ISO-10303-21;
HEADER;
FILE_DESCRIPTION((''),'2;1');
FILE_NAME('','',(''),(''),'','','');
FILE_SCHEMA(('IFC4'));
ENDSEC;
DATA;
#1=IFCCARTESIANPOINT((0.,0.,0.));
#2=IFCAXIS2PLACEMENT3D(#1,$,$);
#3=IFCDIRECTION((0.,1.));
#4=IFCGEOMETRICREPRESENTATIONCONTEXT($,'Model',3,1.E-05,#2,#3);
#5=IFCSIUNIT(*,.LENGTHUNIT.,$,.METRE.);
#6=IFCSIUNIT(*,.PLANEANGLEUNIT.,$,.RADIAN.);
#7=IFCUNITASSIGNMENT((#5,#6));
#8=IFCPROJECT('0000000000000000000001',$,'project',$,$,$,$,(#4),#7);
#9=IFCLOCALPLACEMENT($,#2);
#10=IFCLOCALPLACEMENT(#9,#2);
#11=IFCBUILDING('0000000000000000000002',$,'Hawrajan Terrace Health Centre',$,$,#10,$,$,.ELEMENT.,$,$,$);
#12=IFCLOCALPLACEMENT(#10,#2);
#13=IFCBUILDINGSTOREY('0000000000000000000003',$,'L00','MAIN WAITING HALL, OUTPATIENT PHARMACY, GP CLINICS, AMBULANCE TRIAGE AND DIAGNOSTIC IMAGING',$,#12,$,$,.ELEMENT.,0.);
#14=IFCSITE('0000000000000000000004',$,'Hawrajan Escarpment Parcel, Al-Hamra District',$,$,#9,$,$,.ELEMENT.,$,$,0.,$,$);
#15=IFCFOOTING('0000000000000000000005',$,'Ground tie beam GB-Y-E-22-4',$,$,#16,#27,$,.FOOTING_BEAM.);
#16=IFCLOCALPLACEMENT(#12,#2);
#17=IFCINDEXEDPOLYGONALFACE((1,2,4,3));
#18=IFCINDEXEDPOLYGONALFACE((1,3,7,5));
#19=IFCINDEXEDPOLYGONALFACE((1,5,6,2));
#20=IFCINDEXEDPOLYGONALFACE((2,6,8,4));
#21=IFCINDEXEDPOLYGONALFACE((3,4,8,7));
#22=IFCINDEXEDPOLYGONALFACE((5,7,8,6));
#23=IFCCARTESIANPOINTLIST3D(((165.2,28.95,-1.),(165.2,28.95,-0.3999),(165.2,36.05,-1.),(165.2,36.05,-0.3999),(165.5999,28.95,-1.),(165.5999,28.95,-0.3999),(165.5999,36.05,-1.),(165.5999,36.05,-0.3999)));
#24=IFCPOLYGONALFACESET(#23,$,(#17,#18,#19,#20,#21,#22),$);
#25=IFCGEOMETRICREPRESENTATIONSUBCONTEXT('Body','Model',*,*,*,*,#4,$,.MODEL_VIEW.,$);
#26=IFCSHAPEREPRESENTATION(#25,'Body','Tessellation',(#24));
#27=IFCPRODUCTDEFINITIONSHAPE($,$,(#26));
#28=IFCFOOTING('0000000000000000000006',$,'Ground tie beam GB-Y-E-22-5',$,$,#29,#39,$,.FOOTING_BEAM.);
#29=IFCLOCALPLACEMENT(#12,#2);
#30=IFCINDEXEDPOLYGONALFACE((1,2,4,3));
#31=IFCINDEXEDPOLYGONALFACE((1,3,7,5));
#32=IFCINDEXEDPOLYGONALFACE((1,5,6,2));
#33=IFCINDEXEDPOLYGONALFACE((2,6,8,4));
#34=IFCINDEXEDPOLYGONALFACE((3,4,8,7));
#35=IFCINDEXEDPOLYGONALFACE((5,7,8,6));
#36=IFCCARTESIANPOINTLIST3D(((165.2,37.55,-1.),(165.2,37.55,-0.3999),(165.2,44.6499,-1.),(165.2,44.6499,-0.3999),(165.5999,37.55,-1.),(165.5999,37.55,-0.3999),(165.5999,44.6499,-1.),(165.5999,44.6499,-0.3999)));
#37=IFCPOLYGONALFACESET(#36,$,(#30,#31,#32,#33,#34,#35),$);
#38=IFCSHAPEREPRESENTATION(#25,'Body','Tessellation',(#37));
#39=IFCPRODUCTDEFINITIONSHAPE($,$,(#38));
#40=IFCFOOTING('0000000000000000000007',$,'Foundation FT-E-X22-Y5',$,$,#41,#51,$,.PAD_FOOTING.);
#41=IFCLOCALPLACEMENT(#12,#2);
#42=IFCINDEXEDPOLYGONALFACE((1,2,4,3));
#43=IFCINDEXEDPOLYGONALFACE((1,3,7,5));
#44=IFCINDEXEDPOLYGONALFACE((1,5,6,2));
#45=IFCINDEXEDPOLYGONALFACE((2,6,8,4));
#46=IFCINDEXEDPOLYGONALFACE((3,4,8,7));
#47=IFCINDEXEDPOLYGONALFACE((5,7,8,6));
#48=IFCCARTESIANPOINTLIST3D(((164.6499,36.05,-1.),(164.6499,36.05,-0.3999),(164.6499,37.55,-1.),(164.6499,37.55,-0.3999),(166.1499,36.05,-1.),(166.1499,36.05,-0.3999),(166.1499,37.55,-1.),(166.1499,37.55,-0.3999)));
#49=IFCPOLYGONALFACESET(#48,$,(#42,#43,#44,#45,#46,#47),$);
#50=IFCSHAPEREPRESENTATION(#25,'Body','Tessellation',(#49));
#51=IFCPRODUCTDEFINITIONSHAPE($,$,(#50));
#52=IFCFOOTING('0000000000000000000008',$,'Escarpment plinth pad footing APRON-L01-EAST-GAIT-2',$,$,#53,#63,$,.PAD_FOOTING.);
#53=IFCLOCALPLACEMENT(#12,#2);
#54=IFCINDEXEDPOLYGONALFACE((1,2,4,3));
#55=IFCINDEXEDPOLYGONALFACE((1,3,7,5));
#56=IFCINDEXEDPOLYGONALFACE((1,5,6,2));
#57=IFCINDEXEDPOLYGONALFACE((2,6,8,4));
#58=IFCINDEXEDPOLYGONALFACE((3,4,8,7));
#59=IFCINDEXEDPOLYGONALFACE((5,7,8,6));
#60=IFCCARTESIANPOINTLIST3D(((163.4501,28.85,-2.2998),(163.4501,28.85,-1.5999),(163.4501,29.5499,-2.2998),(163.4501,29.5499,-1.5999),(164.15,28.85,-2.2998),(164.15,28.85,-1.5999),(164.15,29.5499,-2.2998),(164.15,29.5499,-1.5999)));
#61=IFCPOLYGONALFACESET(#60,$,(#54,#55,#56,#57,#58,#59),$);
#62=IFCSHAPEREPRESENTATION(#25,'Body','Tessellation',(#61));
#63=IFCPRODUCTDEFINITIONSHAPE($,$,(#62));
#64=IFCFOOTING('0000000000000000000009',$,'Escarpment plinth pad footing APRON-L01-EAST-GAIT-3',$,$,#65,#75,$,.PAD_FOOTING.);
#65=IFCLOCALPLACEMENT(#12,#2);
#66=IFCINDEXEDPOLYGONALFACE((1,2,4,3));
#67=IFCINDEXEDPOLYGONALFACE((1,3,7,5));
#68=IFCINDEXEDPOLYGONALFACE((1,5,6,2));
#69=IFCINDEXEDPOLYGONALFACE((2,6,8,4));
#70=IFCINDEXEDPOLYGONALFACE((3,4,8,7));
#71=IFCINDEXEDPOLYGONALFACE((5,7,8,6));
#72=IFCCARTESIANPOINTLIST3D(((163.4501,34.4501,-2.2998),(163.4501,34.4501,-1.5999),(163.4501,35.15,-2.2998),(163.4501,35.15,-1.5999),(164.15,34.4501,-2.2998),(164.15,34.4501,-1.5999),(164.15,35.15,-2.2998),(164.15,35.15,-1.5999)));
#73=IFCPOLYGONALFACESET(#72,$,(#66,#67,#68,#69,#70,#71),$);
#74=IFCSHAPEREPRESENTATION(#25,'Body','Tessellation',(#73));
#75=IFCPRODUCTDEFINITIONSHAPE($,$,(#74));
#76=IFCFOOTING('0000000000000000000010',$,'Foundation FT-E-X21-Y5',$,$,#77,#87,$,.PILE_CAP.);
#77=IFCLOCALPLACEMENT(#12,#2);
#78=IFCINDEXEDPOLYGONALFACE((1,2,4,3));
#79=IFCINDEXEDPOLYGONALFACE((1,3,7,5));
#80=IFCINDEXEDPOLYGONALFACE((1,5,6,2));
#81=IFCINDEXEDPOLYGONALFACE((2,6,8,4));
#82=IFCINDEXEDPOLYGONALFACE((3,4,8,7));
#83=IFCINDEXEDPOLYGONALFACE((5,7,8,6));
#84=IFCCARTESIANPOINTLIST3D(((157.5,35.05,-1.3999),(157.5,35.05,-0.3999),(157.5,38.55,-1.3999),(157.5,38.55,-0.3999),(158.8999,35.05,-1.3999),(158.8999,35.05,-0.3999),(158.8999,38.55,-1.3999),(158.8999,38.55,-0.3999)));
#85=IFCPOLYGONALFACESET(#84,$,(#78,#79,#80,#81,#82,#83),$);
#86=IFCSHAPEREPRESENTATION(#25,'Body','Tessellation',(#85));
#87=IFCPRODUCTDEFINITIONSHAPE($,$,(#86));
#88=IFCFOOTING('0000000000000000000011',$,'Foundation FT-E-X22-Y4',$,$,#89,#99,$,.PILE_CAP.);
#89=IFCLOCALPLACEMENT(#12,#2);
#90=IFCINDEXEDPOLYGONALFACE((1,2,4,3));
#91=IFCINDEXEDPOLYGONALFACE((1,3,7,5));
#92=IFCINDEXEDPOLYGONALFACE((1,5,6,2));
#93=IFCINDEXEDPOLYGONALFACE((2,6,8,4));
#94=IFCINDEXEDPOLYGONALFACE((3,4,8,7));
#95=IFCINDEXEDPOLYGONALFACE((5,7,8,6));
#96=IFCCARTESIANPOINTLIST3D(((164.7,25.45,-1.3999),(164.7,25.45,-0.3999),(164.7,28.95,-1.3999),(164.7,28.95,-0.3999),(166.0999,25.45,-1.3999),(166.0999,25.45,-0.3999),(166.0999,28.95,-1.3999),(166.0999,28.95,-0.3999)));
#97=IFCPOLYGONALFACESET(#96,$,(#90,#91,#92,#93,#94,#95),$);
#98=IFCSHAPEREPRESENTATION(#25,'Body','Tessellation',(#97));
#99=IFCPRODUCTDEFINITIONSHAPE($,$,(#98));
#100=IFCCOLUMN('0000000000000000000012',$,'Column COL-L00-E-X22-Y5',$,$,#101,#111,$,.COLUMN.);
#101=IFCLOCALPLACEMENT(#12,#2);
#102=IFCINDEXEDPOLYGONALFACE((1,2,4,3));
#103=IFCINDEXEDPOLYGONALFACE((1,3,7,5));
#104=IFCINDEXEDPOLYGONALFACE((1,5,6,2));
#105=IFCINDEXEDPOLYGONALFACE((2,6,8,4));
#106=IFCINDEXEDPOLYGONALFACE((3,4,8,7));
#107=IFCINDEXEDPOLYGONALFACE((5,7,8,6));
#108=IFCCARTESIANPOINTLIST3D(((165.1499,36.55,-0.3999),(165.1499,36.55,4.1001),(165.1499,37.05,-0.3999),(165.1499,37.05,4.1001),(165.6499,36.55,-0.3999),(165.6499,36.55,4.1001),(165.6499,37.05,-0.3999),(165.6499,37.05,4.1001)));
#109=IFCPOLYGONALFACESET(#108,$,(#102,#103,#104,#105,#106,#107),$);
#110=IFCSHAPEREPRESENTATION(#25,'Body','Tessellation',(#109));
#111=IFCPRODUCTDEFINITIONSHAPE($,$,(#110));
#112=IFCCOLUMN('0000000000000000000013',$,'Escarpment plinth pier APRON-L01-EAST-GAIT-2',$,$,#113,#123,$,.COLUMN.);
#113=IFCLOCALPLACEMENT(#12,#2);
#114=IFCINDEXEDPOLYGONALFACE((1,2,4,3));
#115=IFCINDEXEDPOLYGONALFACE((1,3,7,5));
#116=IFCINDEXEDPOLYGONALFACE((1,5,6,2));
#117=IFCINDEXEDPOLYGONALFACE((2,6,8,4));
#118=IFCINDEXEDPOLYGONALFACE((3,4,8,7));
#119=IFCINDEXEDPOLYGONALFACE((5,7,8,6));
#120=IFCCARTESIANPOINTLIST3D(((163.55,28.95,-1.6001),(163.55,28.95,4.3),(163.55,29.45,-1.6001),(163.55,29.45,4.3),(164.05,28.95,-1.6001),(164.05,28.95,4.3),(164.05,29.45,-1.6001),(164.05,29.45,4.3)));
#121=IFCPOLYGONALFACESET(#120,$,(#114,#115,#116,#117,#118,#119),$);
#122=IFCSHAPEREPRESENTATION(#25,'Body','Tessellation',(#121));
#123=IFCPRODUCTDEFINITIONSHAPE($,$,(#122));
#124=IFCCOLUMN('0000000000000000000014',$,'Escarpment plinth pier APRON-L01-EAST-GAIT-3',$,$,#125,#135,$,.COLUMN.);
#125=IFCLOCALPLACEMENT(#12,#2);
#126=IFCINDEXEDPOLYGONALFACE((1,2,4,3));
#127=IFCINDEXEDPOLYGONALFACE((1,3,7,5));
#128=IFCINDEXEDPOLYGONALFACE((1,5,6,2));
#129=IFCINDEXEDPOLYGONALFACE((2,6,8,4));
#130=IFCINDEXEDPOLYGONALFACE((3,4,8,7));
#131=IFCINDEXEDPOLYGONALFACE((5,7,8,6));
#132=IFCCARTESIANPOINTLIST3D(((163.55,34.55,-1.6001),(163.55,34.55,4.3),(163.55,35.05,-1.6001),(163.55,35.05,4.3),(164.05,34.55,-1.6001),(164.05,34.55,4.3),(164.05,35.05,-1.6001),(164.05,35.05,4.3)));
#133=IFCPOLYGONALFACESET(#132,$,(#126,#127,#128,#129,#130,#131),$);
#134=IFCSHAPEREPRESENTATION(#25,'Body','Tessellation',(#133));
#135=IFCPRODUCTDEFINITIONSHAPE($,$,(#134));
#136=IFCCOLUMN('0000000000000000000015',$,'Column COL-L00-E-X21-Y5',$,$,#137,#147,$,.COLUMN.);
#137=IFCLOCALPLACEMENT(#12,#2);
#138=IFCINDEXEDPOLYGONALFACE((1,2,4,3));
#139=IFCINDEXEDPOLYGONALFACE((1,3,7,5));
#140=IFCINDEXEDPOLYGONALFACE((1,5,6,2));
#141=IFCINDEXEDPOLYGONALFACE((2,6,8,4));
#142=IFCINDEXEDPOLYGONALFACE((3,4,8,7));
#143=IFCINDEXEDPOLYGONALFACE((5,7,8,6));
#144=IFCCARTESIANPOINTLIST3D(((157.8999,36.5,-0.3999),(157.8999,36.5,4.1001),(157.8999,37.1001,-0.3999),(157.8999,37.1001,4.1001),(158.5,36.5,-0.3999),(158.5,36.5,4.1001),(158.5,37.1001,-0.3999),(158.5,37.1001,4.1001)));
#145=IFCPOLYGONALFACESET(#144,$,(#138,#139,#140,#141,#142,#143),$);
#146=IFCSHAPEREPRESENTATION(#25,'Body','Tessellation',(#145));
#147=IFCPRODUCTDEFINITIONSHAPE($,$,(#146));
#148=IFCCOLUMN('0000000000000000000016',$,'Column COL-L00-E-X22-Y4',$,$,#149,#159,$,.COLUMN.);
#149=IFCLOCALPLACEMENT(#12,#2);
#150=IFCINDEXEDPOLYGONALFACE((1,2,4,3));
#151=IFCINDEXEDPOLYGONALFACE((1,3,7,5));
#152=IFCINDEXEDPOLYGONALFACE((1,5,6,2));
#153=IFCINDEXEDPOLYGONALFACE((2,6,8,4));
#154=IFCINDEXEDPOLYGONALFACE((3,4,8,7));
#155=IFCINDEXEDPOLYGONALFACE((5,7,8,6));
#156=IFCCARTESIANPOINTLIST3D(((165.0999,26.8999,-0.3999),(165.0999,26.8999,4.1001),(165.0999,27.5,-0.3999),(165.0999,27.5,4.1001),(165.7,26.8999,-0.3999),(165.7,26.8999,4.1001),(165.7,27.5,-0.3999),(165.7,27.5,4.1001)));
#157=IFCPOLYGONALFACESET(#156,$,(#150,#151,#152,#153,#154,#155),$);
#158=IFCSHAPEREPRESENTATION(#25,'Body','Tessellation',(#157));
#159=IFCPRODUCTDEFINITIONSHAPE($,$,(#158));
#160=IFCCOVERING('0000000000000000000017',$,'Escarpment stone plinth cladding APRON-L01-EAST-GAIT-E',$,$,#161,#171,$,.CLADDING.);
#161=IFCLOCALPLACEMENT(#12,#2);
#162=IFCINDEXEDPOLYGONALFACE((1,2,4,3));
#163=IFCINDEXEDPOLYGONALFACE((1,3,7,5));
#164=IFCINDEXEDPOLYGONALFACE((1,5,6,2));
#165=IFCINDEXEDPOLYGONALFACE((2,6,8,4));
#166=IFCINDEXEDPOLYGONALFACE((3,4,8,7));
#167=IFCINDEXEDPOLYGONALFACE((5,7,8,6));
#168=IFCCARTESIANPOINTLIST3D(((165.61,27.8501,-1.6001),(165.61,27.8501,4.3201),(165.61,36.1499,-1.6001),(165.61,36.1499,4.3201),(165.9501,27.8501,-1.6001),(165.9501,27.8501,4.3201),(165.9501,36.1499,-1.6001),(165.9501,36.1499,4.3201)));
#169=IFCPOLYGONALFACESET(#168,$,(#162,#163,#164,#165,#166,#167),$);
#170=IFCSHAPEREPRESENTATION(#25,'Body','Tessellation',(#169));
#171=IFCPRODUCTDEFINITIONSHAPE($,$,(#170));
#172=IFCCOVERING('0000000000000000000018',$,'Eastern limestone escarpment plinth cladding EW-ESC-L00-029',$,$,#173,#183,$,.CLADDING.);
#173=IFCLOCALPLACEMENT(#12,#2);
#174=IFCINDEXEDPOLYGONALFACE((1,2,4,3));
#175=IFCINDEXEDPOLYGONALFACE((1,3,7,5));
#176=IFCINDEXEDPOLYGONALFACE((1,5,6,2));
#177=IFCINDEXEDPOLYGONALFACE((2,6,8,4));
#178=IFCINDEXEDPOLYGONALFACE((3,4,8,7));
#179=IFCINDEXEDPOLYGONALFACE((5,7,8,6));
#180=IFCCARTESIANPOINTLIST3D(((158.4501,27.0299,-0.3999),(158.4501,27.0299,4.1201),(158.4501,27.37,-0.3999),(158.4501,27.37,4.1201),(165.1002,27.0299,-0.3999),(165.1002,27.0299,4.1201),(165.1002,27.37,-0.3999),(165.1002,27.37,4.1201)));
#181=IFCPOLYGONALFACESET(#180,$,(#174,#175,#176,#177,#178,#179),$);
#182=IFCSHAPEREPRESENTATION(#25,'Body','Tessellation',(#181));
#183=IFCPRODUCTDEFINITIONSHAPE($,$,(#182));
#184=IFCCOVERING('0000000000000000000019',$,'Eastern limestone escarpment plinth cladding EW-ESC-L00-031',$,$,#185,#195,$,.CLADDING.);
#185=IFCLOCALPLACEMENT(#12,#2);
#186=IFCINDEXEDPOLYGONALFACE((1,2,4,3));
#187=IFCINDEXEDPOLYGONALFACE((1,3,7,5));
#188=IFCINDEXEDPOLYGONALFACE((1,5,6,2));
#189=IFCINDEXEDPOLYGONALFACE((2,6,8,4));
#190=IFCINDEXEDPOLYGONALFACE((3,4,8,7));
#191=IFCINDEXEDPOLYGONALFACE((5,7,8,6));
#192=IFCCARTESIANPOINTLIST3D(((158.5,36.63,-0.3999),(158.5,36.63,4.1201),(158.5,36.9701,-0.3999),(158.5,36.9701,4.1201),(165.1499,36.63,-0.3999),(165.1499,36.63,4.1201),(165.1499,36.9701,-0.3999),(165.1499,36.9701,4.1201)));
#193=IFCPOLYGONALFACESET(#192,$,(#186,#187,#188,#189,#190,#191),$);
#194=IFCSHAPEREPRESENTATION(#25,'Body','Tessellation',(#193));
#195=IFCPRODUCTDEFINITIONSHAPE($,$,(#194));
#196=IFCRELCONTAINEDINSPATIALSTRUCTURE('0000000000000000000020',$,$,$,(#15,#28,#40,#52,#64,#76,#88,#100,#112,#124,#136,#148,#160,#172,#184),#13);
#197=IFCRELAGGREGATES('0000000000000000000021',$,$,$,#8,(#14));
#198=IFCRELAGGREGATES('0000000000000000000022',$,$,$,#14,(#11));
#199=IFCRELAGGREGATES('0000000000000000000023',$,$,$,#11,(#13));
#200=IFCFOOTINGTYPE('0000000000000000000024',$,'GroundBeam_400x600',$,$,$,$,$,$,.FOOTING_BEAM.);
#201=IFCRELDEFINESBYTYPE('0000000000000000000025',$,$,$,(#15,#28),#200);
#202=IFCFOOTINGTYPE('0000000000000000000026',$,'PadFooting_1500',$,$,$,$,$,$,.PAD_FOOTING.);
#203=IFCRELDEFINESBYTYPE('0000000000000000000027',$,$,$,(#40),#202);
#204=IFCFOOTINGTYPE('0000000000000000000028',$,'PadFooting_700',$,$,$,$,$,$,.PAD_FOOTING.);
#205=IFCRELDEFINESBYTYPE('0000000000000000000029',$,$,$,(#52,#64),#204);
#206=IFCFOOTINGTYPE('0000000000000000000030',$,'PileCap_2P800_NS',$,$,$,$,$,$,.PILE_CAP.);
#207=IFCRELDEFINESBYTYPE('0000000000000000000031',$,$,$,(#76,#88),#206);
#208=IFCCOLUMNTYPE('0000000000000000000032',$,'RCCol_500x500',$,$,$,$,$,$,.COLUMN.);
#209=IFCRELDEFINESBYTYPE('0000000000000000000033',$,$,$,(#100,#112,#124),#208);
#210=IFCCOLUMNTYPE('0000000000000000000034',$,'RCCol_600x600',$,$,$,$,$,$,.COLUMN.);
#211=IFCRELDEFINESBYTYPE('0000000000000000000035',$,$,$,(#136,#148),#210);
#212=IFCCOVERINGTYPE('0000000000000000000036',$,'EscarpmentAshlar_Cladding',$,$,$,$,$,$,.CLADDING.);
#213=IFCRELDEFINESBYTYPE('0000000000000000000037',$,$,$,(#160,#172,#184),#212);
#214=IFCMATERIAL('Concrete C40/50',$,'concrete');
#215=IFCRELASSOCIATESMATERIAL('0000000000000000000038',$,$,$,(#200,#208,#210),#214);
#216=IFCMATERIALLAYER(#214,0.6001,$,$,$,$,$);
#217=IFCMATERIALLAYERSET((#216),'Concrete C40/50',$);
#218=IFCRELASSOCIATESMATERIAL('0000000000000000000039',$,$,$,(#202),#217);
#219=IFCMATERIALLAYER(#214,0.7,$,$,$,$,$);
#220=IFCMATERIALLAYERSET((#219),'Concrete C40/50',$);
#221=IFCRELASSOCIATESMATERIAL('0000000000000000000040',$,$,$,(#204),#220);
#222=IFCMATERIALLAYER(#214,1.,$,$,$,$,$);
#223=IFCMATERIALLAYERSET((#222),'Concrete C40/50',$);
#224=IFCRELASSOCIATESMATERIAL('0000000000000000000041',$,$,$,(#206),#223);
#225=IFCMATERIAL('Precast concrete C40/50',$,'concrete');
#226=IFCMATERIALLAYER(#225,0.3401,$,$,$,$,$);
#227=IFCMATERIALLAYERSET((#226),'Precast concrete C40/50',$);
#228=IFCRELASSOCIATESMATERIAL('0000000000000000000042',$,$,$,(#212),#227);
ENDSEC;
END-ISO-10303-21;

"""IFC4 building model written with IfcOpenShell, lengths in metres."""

from ifc_helpers import new_model, si_unit, direction, frame, frame_2d, origin, origin_2d, place, context, subcontext, project, spatial, rectangle, extrude, material, layer, layer_set, material_profile, profile_set, type_object, element, save


model = new_model("IFC4")

# Units and contexts
model_context = context("Model", 3, precision=1e-05, world=origin(), true_north=direction((0.0, 1.0)))
body_context = subcontext(model_context, "Body", "Model", "MODEL_VIEW")
ifc_project = project(units=[si_unit("LENGTHUNIT", "METRE"), si_unit("PLANEANGLEUNIT", "RADIAN")], contexts=[model_context])

# Site, building, storey
site_placement = place(None, origin())
site = spatial("IfcSite", under=ifc_project, at=site_placement, Name="Hawrajan Escarpment Parcel, Al-Hamra District", CompositionType="ELEMENT", RefElevation=0.0)
building_placement = place(site_placement, origin())
building = spatial("IfcBuilding", under=site, at=building_placement, Name="Hawrajan Terrace Health Centre", CompositionType="ELEMENT")
storey_placement = place(building_placement, origin())
storey = spatial("IfcBuildingStorey", under=building, at=storey_placement, Name="L00", Description="MAIN WAITING HALL, OUTPATIENT PHARMACY, GP CLINICS, AMBULANCE TRIAGE AND DIAGNOSTIC IMAGING", CompositionType="ELEMENT", Elevation=0.0)

# Shared definitions
ifc_material_1 = material(Name="Concrete C40/50", Category="concrete")

# Footings
ifc_material_profile_1 = material_profile(ifc_material_1, rectangle(XDim=0.3999, YDim=0.6001, at=origin_2d()), Name="RC BM 400x600")
ifc_profile_set_1 = profile_set([ifc_material_profile_1], Name="Concrete C40/50")
footing_type_1 = type_object("IfcFootingType", Name="GroundBeam_400x600", PredefinedType="FOOTING_BEAM", material=ifc_profile_set_1)
footing_1_placement = place(storey_placement, frame((165.3999, 28.95, -0.7), z_axis=(0.0, 1.0, 0.0), x_axis=(-1.0, 0.0, 0.0)))
element("IfcFooting", 1, at=footing_1_placement, inside=storey, type_object=footing_type_1, Name="Ground tie beam GB-Y-E-22-4", PredefinedType="FOOTING_BEAM", context=body_context, shape_type="SweptSolid", body=[
    extrude(rectangle(XDim=0.3999, YDim=0.6001, at=origin_2d()), origin(), (0.0, 0.0, 1.0), 7.1001),
])
footing_2_placement = place(storey_placement, frame((165.3999, 37.55, -0.7), z_axis=(0.0, 1.0, 0.0), x_axis=(-1.0, 0.0, 0.0)))
element("IfcFooting", 2, at=footing_2_placement, inside=storey, type_object=footing_type_1, Name="Ground tie beam GB-Y-E-22-5", PredefinedType="FOOTING_BEAM", context=body_context, shape_type="SweptSolid", body=[
    extrude(rectangle(XDim=0.3999, YDim=0.6001, at=origin_2d()), origin(), (0.0, 0.0, 1.0), 7.0999),
])
ifc_layer_1 = layer(ifc_material_1, 0.6001)
ifc_layer_set_1 = layer_set([ifc_layer_1], Name="Concrete C40/50")
footing_type_2 = type_object("IfcFootingType", Name="PadFooting_1500", PredefinedType="PAD_FOOTING", material=ifc_layer_set_1)
footing_3_placement = place(storey_placement, frame((165.3999, 36.8, -1.0), z_axis=(0.0, 0.0, 1.0), x_axis=(1.0, 0.0, 0.0)))
element("IfcFooting", 3, at=footing_3_placement, inside=storey, type_object=footing_type_2, Name="Foundation FT-E-X22-Y5", PredefinedType="PAD_FOOTING", context=body_context, shape_type="SweptSolid", body=[
    extrude(rectangle(XDim=1.5, YDim=1.5, at=origin_2d()), origin(), (0.0, 0.0, 1.0), 0.6001),
])
ifc_layer_2 = layer(ifc_material_1, 0.7)
ifc_layer_set_2 = layer_set([ifc_layer_2], Name="Concrete C40/50")
footing_type_3 = type_object("IfcFootingType", Name="PadFooting_700", PredefinedType="PAD_FOOTING", material=ifc_layer_set_2)
for number, where, z_axis, x_axis, name in (
    (4, (163.8, 29.2, -2.2998), (0.0, 0.0, 1.0), (1.0, 0.0, 0.0), "Escarpment plinth pad footing APRON-L01-EAST-GAIT-2"),
    (5, (163.8, 34.8, -2.2998), (0.0, 0.0, 1.0), (1.0, 0.0, 0.0), "Escarpment plinth pad footing APRON-L01-EAST-GAIT-3"),
):
    element("IfcFooting", number, at=place(storey_placement, frame(where, z_axis=z_axis, x_axis=x_axis)), inside=storey, type_object=footing_type_3, Name=name, PredefinedType="PAD_FOOTING", context=body_context, shape_type="SweptSolid", body=[
        extrude(rectangle(XDim=0.7, YDim=0.7, at=origin_2d()), origin(), (0.0, 0.0, 1.0), 0.7),
    ])
ifc_layer_3 = layer(ifc_material_1, 1.0)
ifc_layer_set_3 = layer_set([ifc_layer_3], Name="Concrete C40/50")
footing_type_4 = type_object("IfcFootingType", Name="PileCap_2P800_NS", PredefinedType="PILE_CAP", material=ifc_layer_set_3)
for number, where, z_axis, x_axis, name in (
    (6, (158.2, 36.8, -1.3999), (0.0, 0.0, 1.0), (1.0, 0.0, 0.0), "Foundation FT-E-X21-Y5"),
    (7, (165.3999, 27.2, -1.3999), (0.0, 0.0, 1.0), (1.0, 0.0, 0.0), "Foundation FT-E-X22-Y4"),
):
    element("IfcFooting", number, at=place(storey_placement, frame(where, z_axis=z_axis, x_axis=x_axis)), inside=storey, type_object=footing_type_4, Name=name, PredefinedType="PILE_CAP", context=body_context, shape_type="SweptSolid", body=[
        extrude(rectangle(XDim=1.3999, YDim=3.5, at=origin_2d()), origin(), (0.0, 0.0, 1.0), 1.0),
    ])

# Columns
ifc_material_profile_2 = material_profile(ifc_material_1, rectangle(XDim=0.5, YDim=0.5, at=origin_2d()), Name="RC 500x500")
ifc_profile_set_2 = profile_set([ifc_material_profile_2], Name="Concrete C40/50")
column_type_1 = type_object("IfcColumnType", Name="RCCol_500x500", PredefinedType="COLUMN", material=ifc_profile_set_2)
column_placement = place(storey_placement, frame((165.3999, 36.8, -0.3999), z_axis=(0.0, 0.0, 1.0), x_axis=(1.0, 0.0, 0.0)))
element("IfcColumn", 8, at=column_placement, inside=storey, type_object=column_type_1, Name="Column COL-L00-E-X22-Y5", PredefinedType="COLUMN", context=body_context, shape_type="SweptSolid", body=[
    extrude(rectangle(XDim=0.5, YDim=0.5, at=origin_2d()), origin(), (0.0, 0.0, 1.0), 4.5),
])
for number, where, z_axis, x_axis, name in (
    (9, (163.8, 29.2, -1.6001), (0.0, 0.0, 1.0), (1.0, 0.0, 0.0), "Escarpment plinth pier APRON-L01-EAST-GAIT-2"),
    (10, (163.8, 34.8, -1.6001), (0.0, 0.0, 1.0), (1.0, 0.0, 0.0), "Escarpment plinth pier APRON-L01-EAST-GAIT-3"),
):
    element("IfcColumn", number, at=place(storey_placement, frame(where, z_axis=z_axis, x_axis=x_axis)), inside=storey, type_object=column_type_1, Name=name, PredefinedType="COLUMN", context=body_context, shape_type="SweptSolid", body=[
        extrude(rectangle(XDim=0.5, YDim=0.5, at=origin_2d()), origin(), (0.0, 0.0, 1.0), 5.9001),
    ])
ifc_material_profile_3 = material_profile(ifc_material_1, rectangle(XDim=0.6001, YDim=0.6001, at=origin_2d()), Name="RC 600x600")
ifc_profile_set_3 = profile_set([ifc_material_profile_3], Name="Concrete C40/50")
column_type_2 = type_object("IfcColumnType", Name="RCCol_600x600", PredefinedType="COLUMN", material=ifc_profile_set_3)
for number, where, z_axis, x_axis, name in (
    (11, (158.2, 36.8, -0.3999), (0.0, 0.0, 1.0), (1.0, 0.0, 0.0), "Column COL-L00-E-X21-Y5"),
    (12, (165.3999, 27.2, -0.3999), (0.0, 0.0, 1.0), (1.0, 0.0, 0.0), "Column COL-L00-E-X22-Y4"),
):
    element("IfcColumn", number, at=place(storey_placement, frame(where, z_axis=z_axis, x_axis=x_axis)), inside=storey, type_object=column_type_2, Name=name, PredefinedType="COLUMN", context=body_context, shape_type="SweptSolid", body=[
        extrude(rectangle(XDim=0.6001, YDim=0.6001, at=origin_2d()), origin(), (0.0, 0.0, 1.0), 4.5),
    ])

# Coverings
ifc_material_2 = material(Name="Precast concrete C40/50", Category="concrete")
ifc_layer_4 = layer(ifc_material_2, 0.3401)
ifc_layer_set_4 = layer_set([ifc_layer_4], Name="Precast concrete C40/50")
covering_type = type_object("IfcCoveringType", Name="EscarpmentAshlar_Cladding", PredefinedType="CLADDING", material=ifc_layer_set_4)
covering_1_placement = place(storey_placement, frame((165.78, 27.8501, -1.6001), z_axis=(0.0, 0.0, 1.0), x_axis=(0.0, 1.0, 0.0)))
element("IfcCovering", 13, at=covering_1_placement, inside=storey, type_object=covering_type, Name="Escarpment stone plinth cladding APRON-L01-EAST-GAIT-E", PredefinedType="CLADDING", context=body_context, shape_type="SweptSolid", body=[
    extrude(rectangle(XDim=8.2998, YDim=0.3401, at=frame_2d((4.1499, 0.0))), origin(), (0.0, 0.0, 1.0), 5.9202),
])
covering_2_placement = place(storey_placement, frame((158.45, 27.2, -0.3999), z_axis=(0.0, 0.0, 1.0), x_axis=(1.0, 0.0, 0.0)))
element("IfcCovering", 14, at=covering_2_placement, inside=storey, type_object=covering_type, Name="Eastern limestone escarpment plinth cladding EW-ESC-L00-029", PredefinedType="CLADDING", context=body_context, shape_type="SweptSolid", body=[
    extrude(rectangle(XDim=6.6501, YDim=0.3401, at=frame_2d((3.3252, 0.0))), origin(), (0.0, 0.0, 1.0), 4.52),
])
covering_3_placement = place(storey_placement, frame((158.5, 36.8, -0.3999), z_axis=(0.0, 0.0, 1.0), x_axis=(1.0, 0.0, 0.0)))
element("IfcCovering", 15, at=covering_3_placement, inside=storey, type_object=covering_type, Name="Eastern limestone escarpment plinth cladding EW-ESC-L00-031", PredefinedType="CLADDING", context=body_context, shape_type="SweptSolid", body=[
    extrude(rectangle(XDim=6.6499, YDim=0.3401, at=frame_2d((3.325, 0.0))), origin(), (0.0, 0.0, 1.0), 4.52),
])

save(model, "model.ifc")
